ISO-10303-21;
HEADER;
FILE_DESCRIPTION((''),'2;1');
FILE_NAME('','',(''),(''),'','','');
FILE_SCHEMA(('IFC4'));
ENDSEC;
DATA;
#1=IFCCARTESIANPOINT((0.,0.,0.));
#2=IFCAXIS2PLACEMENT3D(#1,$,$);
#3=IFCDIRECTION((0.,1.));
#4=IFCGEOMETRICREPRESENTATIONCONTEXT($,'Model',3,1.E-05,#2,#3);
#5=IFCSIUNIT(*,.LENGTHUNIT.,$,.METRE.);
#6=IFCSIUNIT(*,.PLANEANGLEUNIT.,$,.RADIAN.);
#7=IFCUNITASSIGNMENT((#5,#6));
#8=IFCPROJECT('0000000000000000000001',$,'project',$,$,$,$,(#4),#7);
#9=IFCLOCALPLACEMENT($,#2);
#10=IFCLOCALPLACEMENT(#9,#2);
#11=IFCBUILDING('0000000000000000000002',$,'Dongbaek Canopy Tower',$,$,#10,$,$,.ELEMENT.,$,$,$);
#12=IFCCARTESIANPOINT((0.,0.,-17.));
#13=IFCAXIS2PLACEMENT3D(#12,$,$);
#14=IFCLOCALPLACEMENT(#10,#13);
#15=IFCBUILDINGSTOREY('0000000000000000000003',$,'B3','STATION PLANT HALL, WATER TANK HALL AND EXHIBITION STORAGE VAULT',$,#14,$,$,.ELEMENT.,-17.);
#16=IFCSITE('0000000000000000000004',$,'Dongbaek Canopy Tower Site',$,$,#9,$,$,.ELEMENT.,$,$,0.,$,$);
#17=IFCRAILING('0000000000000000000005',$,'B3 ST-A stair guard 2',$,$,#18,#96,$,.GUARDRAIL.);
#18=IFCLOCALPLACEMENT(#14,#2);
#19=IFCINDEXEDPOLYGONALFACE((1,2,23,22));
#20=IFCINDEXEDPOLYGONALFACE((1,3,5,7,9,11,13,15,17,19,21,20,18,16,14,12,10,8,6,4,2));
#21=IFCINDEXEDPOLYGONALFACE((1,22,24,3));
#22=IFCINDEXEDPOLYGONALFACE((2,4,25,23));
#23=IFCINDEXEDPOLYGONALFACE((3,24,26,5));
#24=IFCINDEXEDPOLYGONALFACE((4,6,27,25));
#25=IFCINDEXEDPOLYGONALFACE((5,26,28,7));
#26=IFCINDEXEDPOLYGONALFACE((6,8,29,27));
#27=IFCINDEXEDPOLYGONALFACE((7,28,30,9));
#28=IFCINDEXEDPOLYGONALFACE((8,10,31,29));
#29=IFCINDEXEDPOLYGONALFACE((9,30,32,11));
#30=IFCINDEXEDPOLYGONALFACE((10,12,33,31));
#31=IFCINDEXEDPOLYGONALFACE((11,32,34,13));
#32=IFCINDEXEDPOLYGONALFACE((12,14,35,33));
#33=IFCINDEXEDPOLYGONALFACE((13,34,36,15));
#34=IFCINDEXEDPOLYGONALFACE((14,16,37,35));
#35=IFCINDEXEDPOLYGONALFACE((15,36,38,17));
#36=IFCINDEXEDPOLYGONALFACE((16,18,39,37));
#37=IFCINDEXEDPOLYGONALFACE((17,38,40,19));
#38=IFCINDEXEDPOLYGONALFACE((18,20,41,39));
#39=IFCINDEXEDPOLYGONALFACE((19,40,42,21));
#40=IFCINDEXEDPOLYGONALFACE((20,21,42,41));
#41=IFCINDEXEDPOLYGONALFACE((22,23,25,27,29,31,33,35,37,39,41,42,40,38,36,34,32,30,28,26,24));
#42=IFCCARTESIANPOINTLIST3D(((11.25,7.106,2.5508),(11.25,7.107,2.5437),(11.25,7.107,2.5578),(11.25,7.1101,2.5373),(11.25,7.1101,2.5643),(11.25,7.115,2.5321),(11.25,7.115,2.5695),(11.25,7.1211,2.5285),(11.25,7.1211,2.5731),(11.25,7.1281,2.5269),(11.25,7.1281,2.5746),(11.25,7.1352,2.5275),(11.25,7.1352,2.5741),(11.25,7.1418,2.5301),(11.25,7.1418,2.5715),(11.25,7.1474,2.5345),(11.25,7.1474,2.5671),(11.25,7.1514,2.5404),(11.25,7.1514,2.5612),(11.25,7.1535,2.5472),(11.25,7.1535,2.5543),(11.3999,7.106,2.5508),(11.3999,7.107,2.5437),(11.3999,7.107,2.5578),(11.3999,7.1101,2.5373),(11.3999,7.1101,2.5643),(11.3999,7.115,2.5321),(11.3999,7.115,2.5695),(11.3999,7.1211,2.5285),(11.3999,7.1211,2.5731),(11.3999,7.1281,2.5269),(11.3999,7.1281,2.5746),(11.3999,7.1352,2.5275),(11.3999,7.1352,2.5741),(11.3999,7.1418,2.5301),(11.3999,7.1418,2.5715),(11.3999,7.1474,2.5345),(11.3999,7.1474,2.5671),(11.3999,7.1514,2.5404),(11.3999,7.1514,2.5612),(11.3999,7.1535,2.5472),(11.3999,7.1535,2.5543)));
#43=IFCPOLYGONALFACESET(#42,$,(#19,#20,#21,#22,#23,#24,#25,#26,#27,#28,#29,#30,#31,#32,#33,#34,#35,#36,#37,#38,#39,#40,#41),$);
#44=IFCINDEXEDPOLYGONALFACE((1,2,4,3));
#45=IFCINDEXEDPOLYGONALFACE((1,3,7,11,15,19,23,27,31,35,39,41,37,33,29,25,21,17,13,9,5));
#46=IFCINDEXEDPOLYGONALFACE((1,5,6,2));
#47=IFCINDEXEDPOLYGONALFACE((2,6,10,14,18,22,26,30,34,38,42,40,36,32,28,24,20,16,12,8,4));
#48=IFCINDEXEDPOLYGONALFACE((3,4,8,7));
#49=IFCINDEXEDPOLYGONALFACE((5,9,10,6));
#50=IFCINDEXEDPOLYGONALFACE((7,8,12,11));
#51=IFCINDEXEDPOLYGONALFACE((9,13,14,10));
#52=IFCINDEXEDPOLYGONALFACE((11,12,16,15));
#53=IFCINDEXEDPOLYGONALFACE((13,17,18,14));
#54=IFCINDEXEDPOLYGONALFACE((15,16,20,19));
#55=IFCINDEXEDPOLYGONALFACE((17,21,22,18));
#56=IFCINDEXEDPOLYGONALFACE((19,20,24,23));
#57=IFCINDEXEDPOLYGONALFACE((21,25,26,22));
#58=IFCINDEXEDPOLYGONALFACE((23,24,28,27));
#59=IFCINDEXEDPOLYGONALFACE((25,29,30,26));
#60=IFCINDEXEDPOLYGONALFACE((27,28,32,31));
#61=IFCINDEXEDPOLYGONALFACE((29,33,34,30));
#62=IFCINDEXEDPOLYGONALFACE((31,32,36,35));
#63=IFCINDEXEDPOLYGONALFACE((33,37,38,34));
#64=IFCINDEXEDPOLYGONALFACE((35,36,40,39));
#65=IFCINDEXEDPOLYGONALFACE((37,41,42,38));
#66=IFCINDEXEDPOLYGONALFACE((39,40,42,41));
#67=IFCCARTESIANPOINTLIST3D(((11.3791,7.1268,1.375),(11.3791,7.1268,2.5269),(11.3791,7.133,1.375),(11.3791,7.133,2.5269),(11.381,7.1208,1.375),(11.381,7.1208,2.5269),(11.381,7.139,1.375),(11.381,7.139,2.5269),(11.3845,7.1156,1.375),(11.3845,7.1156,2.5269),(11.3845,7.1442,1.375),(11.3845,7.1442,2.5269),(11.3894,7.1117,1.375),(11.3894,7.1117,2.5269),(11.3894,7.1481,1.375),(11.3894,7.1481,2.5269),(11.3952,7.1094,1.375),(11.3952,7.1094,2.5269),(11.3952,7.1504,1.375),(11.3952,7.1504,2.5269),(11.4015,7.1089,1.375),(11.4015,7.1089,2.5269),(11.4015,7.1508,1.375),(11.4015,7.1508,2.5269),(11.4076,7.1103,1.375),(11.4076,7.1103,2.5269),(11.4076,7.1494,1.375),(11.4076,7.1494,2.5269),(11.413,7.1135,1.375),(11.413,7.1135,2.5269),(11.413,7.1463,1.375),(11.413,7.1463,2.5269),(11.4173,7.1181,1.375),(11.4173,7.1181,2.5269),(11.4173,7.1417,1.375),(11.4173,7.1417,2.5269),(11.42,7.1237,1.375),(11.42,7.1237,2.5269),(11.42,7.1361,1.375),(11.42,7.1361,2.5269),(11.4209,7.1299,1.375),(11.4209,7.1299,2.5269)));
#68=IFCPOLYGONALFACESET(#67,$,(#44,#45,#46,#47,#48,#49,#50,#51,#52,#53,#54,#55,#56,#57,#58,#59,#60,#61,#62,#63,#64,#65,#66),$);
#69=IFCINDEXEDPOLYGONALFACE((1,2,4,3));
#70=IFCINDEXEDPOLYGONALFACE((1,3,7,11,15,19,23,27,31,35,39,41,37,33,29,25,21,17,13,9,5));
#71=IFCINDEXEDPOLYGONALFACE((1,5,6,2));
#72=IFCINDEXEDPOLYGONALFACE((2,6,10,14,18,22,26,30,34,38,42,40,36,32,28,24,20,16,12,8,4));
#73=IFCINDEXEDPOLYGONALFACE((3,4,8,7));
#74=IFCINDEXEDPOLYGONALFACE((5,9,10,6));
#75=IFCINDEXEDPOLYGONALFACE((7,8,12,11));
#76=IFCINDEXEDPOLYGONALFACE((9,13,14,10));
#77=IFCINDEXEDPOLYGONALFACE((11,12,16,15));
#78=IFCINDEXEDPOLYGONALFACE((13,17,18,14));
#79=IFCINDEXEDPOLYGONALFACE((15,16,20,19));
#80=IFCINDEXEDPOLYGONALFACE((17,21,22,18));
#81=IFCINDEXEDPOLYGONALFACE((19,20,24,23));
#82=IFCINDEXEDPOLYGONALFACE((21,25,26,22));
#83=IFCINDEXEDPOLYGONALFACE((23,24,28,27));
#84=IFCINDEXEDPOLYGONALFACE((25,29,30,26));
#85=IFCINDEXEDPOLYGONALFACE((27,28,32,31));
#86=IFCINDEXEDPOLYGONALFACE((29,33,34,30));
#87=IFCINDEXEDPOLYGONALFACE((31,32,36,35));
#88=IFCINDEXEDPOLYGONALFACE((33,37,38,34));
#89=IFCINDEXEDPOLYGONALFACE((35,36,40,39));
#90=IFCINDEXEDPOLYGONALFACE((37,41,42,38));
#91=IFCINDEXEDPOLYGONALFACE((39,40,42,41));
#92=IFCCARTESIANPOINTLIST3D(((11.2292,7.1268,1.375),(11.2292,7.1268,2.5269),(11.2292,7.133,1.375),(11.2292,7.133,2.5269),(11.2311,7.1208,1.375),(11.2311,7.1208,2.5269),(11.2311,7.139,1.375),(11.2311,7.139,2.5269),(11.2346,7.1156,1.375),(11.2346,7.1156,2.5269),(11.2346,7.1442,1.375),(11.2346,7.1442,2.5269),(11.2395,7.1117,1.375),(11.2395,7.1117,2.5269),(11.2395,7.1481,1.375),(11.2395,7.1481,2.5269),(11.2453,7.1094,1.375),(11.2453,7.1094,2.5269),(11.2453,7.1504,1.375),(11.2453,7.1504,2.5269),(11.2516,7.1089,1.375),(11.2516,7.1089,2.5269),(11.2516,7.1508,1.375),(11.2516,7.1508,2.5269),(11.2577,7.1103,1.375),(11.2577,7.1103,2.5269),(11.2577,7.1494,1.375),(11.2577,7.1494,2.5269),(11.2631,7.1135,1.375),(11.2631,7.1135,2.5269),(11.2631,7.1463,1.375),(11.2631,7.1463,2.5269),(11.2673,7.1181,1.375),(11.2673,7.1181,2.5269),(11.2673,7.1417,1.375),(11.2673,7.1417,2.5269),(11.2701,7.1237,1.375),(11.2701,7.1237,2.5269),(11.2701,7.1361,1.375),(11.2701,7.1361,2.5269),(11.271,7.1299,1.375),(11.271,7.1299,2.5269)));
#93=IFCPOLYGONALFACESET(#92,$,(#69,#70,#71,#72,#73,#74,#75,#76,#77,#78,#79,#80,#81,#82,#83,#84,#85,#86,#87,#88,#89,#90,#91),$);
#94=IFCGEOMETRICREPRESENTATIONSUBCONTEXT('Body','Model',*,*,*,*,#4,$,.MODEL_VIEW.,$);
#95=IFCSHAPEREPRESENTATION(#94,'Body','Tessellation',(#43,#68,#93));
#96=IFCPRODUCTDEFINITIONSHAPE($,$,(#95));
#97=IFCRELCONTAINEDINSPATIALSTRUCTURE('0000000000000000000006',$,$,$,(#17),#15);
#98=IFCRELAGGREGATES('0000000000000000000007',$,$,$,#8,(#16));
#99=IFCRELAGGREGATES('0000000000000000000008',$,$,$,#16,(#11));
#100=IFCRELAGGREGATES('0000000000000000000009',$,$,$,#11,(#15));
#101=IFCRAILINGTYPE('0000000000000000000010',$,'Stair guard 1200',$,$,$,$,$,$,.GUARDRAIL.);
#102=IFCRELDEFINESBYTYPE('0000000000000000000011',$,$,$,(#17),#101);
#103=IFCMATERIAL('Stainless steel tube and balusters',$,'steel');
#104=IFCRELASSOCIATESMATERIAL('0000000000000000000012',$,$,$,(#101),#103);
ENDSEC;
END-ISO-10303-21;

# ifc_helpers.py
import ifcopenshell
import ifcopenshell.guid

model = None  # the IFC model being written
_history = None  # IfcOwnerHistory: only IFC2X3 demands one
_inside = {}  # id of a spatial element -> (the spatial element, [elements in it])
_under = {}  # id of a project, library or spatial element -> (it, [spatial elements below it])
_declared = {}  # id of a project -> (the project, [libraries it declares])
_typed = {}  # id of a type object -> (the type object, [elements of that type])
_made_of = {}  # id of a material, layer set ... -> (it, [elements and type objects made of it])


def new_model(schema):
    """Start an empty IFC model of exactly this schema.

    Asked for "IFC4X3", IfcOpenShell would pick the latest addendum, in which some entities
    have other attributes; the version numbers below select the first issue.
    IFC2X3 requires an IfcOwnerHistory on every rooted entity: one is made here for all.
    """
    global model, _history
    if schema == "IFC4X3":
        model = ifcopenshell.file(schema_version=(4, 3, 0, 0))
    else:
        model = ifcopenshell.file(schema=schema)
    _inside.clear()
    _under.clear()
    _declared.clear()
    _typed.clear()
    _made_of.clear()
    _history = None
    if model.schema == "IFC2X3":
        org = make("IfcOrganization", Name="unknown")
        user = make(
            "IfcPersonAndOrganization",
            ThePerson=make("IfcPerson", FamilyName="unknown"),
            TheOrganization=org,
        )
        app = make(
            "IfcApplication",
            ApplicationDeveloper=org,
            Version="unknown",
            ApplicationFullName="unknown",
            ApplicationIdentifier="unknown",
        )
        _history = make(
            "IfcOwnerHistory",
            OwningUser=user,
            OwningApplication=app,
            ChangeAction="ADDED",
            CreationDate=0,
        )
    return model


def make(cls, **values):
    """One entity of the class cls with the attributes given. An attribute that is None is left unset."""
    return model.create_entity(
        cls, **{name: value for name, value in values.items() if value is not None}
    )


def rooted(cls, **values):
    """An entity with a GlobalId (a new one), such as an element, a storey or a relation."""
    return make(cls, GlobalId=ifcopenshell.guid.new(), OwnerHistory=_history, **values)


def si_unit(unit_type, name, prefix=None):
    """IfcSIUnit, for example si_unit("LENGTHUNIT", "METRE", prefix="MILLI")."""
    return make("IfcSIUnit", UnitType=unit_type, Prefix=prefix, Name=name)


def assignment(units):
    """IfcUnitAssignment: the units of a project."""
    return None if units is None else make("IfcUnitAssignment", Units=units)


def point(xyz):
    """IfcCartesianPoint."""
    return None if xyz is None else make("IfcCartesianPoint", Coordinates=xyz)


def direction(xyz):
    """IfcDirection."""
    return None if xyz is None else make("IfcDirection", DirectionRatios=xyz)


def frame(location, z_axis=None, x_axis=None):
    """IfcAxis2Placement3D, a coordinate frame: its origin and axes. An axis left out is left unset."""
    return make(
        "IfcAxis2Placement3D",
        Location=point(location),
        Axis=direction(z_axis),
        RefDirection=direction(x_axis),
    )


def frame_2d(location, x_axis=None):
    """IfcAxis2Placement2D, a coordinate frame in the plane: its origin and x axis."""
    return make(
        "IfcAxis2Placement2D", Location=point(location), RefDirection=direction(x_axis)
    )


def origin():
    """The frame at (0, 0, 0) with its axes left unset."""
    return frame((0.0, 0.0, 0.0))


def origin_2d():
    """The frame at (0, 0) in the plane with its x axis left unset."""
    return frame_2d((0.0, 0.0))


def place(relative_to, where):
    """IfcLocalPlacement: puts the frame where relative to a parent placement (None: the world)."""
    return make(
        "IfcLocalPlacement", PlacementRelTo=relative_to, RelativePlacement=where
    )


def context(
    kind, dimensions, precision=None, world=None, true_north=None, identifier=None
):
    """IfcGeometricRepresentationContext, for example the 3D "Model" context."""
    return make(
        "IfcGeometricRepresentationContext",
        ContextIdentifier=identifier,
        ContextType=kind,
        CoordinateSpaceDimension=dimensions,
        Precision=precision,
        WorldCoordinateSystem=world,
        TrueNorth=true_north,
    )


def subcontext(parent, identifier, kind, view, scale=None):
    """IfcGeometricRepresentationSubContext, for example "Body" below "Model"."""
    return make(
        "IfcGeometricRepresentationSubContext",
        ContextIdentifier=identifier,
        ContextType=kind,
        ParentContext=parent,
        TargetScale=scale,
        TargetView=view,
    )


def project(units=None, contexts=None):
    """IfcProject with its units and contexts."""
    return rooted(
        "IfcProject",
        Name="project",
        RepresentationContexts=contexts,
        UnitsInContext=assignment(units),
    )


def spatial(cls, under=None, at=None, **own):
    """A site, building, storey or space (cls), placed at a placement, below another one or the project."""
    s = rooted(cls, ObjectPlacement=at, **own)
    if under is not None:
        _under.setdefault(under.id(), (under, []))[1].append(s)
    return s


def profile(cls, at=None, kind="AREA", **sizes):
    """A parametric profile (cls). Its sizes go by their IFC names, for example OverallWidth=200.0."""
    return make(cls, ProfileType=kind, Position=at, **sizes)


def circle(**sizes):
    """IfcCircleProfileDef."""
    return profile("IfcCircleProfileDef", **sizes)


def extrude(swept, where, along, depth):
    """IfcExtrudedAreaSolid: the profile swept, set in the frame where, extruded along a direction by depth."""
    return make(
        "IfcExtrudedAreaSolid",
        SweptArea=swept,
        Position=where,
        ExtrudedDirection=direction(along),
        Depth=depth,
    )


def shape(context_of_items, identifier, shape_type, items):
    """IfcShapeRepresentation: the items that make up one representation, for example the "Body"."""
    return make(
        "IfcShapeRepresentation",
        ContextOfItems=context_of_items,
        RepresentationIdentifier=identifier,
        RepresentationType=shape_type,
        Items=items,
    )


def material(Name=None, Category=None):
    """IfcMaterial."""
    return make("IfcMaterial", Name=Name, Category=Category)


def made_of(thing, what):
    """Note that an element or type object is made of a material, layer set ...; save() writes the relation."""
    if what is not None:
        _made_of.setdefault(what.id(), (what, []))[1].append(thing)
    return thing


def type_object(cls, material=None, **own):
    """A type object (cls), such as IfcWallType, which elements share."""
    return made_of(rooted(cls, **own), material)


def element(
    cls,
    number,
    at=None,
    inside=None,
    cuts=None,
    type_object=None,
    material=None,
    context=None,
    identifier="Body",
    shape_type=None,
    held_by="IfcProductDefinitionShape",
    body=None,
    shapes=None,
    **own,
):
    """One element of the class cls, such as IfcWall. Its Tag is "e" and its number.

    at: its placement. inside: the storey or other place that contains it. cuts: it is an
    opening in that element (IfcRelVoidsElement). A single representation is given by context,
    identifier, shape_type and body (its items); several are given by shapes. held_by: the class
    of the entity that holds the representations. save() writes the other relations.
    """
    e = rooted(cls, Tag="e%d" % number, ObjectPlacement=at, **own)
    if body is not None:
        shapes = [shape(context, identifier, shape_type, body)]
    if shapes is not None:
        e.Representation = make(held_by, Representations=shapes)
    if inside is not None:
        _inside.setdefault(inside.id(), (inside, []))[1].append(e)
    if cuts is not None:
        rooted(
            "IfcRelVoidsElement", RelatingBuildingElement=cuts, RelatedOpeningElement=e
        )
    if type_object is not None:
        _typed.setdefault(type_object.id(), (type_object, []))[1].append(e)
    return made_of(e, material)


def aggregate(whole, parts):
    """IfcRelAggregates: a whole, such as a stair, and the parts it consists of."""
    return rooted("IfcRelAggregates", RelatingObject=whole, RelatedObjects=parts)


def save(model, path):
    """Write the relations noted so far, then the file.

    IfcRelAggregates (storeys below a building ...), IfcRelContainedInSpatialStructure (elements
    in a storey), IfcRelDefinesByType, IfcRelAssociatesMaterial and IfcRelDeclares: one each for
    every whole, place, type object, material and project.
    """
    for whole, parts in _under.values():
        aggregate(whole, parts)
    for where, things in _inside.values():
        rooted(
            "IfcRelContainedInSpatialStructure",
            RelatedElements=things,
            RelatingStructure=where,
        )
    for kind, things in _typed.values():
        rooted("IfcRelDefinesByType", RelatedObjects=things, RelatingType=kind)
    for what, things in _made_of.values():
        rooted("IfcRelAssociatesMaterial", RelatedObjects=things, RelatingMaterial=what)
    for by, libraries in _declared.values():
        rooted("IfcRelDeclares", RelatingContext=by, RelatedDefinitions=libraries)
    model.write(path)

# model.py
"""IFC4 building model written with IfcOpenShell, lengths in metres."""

from ifc_helpers import new_model, si_unit, direction, frame, origin, origin_2d, place, context, subcontext, project, spatial, circle, extrude, material, type_object, element, save


model = new_model("IFC4")

# Units and contexts
model_context = context("Model", 3, precision=1e-05, world=origin(), true_north=direction((0.0, 1.0)))
body_context = subcontext(model_context, "Body", "Model", "MODEL_VIEW")
ifc_project = project(units=[si_unit("LENGTHUNIT", "METRE"), si_unit("PLANEANGLEUNIT", "RADIAN")], contexts=[model_context])

# Site, building, storey
site_placement = place(None, origin())
site = spatial("IfcSite", under=ifc_project, at=site_placement, Name="Dongbaek Canopy Tower Site", CompositionType="ELEMENT", RefElevation=0.0)
building_placement = place(site_placement, origin())
building = spatial("IfcBuilding", under=site, at=building_placement, Name="Dongbaek Canopy Tower", CompositionType="ELEMENT")
storey_placement = place(building_placement, frame((0.0, 0.0, -17.0)))
storey = spatial("IfcBuildingStorey", under=building, at=storey_placement, Name="B3", Description="STATION PLANT HALL, WATER TANK HALL AND EXHIBITION STORAGE VAULT", CompositionType="ELEMENT", Elevation=-17.0)

# Railing
ifc_material_1 = material(Name="Stainless steel tube and balusters", Category="steel")
railing_type_1 = type_object("IfcRailingType", Name="Stair guard 1200", PredefinedType="GUARDRAIL", material=ifc_material_1)
railing_1_placement = place(storey_placement, frame((11.3999, 7.1299, 1.375)))
element("IfcRailing", 1, at=railing_1_placement, inside=storey, type_object=railing_type_1, Name="B3 ST-A stair guard 2", PredefinedType="GUARDRAIL", context=body_context, shape_type="SweptSolid", body=[
    extrude(circle(Radius=0.0239, at=origin_2d()), frame((0.0, 0.0, 1.1758), z_axis=(-1.0, 0.0, 0.0), x_axis=(0.0, -1.0, 0.0)), (0.0, 0.0, 1.0), 0.1499),
    extrude(circle(Radius=0.021, at=origin_2d()), origin(), (0.0, 0.0, 1.0), 1.1519),
    extrude(circle(Radius=0.021, at=origin_2d()), frame((-0.1499, 0.0, 0.0)), (0.0, 0.0, 1.0), 1.1519),
])

save(model, "model.ifc")
